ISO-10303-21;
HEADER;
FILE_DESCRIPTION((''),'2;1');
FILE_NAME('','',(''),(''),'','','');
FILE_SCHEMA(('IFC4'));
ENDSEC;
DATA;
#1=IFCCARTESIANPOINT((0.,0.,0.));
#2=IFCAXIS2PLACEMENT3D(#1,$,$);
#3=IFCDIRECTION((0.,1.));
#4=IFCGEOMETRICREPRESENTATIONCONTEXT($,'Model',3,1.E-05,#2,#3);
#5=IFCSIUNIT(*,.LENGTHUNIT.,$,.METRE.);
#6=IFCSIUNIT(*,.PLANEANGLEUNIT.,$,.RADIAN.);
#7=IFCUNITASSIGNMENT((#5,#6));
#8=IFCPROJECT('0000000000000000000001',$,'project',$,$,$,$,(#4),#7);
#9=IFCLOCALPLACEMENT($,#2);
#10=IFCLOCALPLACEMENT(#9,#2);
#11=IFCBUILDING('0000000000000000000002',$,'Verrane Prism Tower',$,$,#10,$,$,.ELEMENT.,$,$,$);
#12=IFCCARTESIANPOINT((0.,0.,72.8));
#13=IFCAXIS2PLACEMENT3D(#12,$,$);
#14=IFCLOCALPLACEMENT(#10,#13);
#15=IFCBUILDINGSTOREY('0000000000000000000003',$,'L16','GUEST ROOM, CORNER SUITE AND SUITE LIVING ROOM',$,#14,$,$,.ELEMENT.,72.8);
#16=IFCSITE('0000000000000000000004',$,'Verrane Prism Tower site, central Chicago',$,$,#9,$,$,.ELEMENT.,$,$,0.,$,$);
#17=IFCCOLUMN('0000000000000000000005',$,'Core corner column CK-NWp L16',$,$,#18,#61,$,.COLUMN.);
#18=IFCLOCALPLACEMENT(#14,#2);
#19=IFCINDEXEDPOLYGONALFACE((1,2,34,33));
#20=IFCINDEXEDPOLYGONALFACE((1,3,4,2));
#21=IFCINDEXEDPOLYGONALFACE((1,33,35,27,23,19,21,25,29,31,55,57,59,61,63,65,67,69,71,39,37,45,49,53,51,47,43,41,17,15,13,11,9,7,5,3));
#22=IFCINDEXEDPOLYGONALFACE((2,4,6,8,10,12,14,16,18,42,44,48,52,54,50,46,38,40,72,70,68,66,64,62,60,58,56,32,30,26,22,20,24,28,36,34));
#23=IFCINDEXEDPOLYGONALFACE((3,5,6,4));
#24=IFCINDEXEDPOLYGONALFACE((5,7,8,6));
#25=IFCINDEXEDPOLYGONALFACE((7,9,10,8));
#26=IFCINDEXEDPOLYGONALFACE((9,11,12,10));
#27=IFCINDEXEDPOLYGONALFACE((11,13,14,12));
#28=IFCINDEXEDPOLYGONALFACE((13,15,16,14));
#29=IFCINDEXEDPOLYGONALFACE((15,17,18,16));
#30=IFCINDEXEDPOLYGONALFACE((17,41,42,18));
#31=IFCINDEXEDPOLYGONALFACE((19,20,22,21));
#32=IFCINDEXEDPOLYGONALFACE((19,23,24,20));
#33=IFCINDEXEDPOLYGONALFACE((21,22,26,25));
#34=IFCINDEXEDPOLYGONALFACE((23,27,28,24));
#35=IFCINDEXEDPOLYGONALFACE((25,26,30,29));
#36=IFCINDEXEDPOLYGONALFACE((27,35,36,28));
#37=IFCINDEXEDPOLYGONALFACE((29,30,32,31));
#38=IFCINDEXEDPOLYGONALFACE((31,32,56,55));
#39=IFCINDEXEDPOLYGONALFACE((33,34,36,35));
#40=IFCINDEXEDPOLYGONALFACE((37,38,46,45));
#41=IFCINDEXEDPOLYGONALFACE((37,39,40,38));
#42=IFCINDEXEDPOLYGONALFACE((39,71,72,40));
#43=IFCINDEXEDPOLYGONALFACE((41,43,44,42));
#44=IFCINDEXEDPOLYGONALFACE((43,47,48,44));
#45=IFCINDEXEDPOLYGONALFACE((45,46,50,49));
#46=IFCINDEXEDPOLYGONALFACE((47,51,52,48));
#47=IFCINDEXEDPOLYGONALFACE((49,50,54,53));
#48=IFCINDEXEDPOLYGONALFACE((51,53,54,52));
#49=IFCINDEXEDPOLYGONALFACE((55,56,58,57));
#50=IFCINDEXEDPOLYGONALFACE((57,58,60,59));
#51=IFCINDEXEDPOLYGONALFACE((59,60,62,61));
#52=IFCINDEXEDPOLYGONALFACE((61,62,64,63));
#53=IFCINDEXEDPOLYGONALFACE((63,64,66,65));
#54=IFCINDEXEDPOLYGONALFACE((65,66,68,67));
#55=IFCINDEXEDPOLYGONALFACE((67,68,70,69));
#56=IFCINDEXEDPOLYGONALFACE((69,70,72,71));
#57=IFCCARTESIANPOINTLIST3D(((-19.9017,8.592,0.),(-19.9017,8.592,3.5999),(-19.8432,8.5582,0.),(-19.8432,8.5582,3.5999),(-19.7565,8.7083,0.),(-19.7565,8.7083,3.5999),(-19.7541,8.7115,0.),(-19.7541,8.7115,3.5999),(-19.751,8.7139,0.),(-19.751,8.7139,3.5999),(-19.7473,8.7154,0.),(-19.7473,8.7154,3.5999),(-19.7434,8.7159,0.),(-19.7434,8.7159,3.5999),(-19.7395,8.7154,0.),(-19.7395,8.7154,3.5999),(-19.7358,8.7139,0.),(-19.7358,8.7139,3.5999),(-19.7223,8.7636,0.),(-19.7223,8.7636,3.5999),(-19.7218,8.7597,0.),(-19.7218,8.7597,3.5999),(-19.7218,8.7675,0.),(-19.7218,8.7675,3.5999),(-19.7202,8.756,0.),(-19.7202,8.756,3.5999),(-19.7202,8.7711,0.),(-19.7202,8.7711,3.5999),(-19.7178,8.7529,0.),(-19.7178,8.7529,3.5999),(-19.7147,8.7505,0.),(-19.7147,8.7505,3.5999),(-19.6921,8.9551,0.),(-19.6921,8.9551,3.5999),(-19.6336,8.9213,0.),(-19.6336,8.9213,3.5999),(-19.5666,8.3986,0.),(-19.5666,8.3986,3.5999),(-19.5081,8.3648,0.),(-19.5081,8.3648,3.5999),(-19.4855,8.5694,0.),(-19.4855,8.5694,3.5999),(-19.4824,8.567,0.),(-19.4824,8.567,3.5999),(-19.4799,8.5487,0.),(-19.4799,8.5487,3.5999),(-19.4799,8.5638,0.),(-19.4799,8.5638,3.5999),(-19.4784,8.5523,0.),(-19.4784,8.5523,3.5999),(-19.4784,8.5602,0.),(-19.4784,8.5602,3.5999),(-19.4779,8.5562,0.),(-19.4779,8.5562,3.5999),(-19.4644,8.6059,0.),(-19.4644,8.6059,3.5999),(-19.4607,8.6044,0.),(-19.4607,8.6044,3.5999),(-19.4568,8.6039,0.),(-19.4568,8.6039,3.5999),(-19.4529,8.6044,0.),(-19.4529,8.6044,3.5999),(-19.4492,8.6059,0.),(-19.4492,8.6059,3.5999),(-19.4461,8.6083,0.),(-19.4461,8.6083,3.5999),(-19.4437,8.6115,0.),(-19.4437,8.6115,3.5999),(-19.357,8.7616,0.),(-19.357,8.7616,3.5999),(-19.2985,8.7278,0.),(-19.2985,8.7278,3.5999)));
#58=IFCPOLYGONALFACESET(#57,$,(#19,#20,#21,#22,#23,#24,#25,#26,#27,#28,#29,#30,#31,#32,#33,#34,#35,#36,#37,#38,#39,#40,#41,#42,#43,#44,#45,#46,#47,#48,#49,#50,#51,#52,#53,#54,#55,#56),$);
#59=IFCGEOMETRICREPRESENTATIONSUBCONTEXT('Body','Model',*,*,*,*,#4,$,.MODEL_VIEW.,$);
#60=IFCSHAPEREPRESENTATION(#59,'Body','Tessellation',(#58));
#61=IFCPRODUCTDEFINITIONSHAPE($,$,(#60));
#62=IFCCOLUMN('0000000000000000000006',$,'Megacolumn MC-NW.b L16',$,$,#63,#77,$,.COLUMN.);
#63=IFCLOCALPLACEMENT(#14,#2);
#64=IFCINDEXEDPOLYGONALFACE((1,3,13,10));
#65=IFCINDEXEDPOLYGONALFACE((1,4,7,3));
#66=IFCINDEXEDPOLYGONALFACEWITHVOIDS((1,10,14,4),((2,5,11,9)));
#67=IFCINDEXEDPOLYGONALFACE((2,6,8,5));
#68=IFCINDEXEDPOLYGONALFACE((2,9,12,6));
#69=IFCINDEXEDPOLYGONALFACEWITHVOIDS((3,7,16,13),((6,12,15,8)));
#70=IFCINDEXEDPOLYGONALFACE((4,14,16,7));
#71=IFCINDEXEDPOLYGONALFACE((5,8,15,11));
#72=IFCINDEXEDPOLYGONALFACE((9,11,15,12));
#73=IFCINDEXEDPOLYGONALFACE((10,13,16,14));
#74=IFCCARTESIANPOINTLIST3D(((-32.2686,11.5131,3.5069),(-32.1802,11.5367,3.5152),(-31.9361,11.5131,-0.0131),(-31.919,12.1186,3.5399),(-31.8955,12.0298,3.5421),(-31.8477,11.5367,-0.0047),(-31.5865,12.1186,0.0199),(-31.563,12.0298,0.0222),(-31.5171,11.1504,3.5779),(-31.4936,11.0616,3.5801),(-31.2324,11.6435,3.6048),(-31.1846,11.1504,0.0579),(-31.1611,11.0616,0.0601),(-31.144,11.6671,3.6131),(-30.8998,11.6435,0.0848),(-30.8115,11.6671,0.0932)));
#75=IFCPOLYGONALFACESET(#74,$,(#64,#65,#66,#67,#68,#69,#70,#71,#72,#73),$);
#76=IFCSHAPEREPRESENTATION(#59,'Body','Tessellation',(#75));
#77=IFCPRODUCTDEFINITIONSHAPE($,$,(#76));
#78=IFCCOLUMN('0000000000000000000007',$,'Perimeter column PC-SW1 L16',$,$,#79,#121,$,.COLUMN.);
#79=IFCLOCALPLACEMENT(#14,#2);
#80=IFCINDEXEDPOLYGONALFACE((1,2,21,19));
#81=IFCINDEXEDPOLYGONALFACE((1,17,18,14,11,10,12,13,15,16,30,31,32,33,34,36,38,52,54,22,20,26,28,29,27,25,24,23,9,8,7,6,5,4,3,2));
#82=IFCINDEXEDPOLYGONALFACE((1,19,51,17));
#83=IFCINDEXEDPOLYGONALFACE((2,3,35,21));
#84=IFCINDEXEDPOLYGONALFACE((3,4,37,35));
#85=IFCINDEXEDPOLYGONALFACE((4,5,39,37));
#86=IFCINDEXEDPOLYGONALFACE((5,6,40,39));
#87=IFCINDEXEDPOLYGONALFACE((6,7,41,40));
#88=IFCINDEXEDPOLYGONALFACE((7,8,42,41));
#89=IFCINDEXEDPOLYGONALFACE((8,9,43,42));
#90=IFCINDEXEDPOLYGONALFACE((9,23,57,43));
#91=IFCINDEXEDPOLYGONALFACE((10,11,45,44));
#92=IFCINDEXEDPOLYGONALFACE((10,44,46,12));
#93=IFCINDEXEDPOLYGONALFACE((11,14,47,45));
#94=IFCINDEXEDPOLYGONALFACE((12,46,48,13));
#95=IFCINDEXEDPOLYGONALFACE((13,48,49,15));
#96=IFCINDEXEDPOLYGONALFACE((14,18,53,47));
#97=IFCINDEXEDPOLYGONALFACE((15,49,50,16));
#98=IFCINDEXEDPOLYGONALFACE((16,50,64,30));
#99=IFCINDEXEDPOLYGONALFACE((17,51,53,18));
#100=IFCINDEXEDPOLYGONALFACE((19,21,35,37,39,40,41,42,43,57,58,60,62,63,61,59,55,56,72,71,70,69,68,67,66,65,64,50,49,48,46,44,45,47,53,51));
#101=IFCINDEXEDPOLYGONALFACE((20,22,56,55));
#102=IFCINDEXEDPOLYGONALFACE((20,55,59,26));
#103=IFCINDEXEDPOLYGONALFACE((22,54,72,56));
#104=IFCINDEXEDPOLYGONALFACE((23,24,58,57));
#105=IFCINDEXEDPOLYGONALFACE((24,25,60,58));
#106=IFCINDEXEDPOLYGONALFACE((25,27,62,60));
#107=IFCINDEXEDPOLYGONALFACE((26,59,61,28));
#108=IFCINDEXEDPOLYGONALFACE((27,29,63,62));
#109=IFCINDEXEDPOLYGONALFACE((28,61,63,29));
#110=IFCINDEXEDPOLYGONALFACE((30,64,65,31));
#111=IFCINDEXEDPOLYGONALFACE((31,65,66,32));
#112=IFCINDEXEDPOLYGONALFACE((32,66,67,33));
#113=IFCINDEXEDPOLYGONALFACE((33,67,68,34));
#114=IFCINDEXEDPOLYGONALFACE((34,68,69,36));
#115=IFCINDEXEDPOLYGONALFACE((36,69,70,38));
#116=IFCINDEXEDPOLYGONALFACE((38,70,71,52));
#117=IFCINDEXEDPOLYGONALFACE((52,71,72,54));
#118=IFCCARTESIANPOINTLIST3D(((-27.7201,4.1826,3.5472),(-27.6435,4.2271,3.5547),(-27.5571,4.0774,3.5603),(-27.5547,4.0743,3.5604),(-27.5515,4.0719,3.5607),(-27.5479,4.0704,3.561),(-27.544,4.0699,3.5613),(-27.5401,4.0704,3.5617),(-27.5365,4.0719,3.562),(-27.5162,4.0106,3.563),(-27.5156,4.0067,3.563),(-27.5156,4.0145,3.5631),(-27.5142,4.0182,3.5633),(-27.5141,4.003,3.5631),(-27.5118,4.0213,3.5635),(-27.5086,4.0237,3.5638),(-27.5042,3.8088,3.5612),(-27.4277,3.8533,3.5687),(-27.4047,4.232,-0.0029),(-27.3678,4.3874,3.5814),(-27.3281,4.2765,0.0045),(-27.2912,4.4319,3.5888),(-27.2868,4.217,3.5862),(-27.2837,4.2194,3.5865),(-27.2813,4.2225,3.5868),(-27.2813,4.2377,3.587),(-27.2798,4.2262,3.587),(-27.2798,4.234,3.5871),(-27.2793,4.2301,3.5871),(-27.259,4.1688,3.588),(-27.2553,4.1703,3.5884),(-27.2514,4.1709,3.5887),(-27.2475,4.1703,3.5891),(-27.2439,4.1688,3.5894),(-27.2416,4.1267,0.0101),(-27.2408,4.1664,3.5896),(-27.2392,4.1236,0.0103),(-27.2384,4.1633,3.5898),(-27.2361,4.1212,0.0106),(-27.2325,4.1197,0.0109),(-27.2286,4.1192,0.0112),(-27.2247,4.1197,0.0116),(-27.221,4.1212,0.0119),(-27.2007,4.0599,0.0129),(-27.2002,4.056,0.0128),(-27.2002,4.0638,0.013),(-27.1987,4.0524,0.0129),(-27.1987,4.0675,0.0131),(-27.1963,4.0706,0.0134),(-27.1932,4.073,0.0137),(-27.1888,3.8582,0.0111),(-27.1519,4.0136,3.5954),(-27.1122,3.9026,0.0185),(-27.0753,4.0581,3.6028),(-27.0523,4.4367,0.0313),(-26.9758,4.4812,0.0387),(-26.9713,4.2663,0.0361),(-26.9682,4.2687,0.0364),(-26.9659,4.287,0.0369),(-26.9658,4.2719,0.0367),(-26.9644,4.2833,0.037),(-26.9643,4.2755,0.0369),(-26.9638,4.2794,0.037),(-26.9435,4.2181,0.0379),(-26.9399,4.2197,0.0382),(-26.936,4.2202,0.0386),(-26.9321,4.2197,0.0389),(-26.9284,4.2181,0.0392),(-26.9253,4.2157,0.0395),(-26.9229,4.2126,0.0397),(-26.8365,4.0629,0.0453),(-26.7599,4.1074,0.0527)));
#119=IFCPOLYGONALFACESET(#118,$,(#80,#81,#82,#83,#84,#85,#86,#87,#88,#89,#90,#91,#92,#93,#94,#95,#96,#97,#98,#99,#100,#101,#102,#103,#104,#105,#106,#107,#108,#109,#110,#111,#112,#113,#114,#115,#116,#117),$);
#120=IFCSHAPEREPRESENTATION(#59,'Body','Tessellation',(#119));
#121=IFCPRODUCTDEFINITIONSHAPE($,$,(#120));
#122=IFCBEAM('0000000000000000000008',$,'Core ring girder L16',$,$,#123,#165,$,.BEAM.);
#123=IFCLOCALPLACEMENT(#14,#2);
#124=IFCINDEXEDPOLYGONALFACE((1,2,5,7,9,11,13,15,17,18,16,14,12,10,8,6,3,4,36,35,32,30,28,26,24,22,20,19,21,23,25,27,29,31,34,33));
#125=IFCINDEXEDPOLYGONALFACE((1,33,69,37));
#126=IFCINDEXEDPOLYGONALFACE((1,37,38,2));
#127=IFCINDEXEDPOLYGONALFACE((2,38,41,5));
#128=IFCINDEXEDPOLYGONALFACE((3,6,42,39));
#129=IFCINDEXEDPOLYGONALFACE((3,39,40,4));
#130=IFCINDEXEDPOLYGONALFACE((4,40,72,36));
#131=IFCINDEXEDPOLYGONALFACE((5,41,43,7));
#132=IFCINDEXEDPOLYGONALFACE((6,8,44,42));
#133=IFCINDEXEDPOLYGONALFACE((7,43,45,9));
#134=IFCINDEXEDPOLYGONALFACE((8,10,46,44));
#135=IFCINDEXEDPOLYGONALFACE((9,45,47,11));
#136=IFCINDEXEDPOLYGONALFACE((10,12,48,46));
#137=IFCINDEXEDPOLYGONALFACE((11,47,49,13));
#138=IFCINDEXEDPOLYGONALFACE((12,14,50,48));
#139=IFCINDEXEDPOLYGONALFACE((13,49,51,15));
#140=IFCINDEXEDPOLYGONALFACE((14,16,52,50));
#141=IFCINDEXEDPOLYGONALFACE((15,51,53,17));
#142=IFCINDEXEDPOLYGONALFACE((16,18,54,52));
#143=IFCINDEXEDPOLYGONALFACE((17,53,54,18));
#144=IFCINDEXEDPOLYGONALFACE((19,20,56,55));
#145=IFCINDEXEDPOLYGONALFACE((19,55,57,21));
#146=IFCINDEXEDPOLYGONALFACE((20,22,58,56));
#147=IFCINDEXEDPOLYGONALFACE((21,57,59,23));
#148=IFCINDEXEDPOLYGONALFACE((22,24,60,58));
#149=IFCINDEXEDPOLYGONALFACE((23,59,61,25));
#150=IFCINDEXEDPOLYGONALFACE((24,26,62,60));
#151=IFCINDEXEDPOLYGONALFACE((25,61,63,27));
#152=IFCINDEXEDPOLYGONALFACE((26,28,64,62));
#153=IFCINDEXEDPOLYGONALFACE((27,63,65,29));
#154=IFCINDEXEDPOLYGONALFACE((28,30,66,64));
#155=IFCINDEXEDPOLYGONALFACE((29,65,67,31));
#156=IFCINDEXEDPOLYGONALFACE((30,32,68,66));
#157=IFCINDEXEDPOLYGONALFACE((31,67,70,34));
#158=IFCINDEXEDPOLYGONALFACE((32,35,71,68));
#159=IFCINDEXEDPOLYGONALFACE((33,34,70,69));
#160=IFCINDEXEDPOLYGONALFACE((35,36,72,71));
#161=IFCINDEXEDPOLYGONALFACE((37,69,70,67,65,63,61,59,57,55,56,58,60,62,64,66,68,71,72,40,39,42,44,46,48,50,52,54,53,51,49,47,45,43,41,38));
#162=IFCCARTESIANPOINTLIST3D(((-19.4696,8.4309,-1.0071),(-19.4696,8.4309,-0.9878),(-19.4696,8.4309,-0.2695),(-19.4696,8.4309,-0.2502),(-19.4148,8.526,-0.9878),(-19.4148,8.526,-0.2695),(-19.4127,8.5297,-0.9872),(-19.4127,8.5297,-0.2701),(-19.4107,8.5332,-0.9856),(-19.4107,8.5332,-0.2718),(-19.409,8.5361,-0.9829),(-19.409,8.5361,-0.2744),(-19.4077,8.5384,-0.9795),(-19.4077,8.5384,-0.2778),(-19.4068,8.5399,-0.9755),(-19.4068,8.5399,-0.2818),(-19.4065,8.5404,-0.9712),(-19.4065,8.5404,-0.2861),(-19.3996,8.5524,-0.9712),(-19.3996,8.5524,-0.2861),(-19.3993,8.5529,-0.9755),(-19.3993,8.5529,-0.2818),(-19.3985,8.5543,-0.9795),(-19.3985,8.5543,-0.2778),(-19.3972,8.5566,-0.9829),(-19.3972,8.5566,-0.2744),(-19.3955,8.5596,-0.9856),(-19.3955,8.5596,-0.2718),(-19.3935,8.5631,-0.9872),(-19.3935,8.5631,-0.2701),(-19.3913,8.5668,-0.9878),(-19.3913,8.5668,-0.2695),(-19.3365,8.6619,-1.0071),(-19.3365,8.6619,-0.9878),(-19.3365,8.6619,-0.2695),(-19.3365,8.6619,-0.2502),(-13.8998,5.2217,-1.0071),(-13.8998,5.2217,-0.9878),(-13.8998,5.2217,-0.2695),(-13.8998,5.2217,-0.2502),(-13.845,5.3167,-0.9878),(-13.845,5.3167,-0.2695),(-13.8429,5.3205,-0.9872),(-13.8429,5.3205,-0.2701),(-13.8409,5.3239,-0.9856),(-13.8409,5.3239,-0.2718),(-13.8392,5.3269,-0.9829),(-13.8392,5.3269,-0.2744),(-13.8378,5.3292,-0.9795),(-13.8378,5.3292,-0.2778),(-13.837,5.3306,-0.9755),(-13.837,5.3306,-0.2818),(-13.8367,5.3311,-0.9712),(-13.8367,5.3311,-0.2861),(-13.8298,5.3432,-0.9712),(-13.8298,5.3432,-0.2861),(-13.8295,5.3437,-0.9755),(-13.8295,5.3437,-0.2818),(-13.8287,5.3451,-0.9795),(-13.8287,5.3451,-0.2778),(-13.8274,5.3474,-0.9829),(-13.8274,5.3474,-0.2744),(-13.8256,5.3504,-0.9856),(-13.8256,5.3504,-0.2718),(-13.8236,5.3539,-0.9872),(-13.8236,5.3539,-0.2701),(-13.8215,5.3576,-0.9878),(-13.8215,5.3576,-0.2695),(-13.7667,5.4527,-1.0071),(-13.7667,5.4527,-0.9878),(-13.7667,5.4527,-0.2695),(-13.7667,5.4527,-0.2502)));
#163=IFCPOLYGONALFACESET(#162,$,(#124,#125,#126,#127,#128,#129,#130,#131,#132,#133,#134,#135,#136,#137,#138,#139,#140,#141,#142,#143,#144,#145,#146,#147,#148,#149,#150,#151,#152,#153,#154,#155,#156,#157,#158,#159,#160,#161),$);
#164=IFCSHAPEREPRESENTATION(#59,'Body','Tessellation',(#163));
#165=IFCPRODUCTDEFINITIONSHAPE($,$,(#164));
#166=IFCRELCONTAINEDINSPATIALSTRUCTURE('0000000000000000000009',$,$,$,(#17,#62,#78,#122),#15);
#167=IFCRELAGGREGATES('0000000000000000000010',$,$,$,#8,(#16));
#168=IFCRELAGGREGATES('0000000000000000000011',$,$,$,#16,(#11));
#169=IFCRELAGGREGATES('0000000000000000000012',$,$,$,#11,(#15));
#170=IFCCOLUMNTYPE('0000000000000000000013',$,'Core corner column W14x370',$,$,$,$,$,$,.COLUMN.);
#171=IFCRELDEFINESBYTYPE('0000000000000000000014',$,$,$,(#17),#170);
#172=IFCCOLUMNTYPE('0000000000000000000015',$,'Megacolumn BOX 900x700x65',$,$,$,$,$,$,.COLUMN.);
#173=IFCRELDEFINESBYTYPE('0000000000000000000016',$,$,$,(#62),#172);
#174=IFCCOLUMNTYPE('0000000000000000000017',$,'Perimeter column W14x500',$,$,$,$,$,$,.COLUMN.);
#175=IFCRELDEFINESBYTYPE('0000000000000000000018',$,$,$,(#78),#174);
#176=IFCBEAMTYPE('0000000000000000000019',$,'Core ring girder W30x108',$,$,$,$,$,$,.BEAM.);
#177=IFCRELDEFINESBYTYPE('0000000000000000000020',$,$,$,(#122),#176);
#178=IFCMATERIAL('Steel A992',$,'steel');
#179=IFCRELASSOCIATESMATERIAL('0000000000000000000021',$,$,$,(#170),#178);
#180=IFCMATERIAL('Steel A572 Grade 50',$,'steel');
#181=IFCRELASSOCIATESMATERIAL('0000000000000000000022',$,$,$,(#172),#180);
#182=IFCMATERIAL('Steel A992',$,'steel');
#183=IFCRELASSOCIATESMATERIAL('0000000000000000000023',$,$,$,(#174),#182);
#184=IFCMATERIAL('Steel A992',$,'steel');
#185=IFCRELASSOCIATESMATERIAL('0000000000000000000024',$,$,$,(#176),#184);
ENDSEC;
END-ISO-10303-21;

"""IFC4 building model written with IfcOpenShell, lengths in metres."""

from ifc_helpers import new_model, si_unit, direction, frame, origin, origin_2d, place, context, subcontext, project, spatial, hollow_rectangle, i_section, extrude, material, material_profile, profile_set, type_object, element, save


model = new_model("IFC4")

# Units and contexts
model_context = context("Model", 3, precision=1e-05, world=origin(), true_north=direction((0.0, 1.0)))
body_context = subcontext(model_context, "Body", "Model", "MODEL_VIEW")
ifc_project = project(units=[si_unit("LENGTHUNIT", "METRE"), si_unit("PLANEANGLEUNIT", "RADIAN")], contexts=[model_context])

# Site, building, storey
site_placement = place(None, origin())
site = spatial("IfcSite", under=ifc_project, at=site_placement, Name="Verrane Prism Tower site, central Chicago", CompositionType="ELEMENT", RefElevation=0.0)
building_placement = place(site_placement, origin())
building = spatial("IfcBuilding", under=site, at=building_placement, Name="Verrane Prism Tower", CompositionType="ELEMENT")
storey_placement = place(building_placement, frame((0.0, 0.0, 72.8)))
storey = spatial("IfcBuildingStorey", under=building, at=storey_placement, Name="L16", Description="GUEST ROOM, CORNER SUITE AND SUITE LIVING ROOM", CompositionType="ELEMENT", Elevation=72.8)

# Columns
ifc_material_1 = material(Name="Steel A992", Category="steel")
ifc_material_profile_1 = material_profile(ifc_material_1, i_section(OverallWidth=0.4192, OverallDepth=0.4546, WebThickness=0.0422, FlangeThickness=0.0676, FilletRadius=0.0151, at=origin_2d()), Name="W14x370")
ifc_profile_set_1 = profile_set([ifc_material_profile_1], Name="Steel A992")
column_type_1 = type_object("IfcColumnType", Name="Core corner column W14x370", PredefinedType="COLUMN", material=ifc_profile_set_1)
column_1_placement = place(storey_placement, frame((-19.6001, 8.6599, 0.0), z_axis=(0.0, 0.0, 1.0), x_axis=(0.5, 0.866025, 0.0)))
element("IfcColumn", 1, at=column_1_placement, inside=storey, type_object=column_type_1, Name="Core corner column CK-NWp L16", PredefinedType="COLUMN", context=body_context, shape_type="SweptSolid", body=[
    extrude(i_section(OverallWidth=0.4192, OverallDepth=0.4546, WebThickness=0.0422, FlangeThickness=0.0676, FilletRadius=0.0151, at=origin_2d()), origin(), (0.0, 0.0, 1.0), 3.5999),
])
ifc_material_2 = material(Name="Steel A572 Grade 50", Category="steel")
ifc_material_profile_2 = material_profile(ifc_material_2, hollow_rectangle(XDim=0.7, YDim=0.8999, WallThickness=0.0649, at=origin_2d()), Name="BOX 900x700x65")
ifc_profile_set_2 = profile_set([ifc_material_profile_2], Name="Steel A572 Grade 50")
column_type_2 = type_object("IfcColumnType", Name="Megacolumn BOX 900x700x65", PredefinedType="COLUMN", material=ifc_profile_set_2)
column_2_placement = place(storey_placement, frame((-31.3738, 11.5901, 0.04), z_axis=(-0.094047, 0.0, 0.995568), x_axis=(0.499443, 0.865061, 0.04718)))
element("IfcColumn", 2, at=column_2_placement, inside=storey, type_object=column_type_2, Name="Megacolumn MC-NW.b L16", PredefinedType="COLUMN", context=body_context, shape_type="SweptSolid", body=[
    extrude(hollow_rectangle(XDim=0.7, YDim=0.8999, WallThickness=0.0649, at=origin_2d()), origin(), (0.0, 0.0, 1.0), 3.5356),
])
ifc_material_3 = material(Name="Steel A992", Category="steel")
ifc_material_profile_3 = material_profile(ifc_material_3, i_section(OverallWidth=0.4319, OverallDepth=0.4978, WebThickness=0.0557, FlangeThickness=0.0889, FilletRadius=0.0151, at=origin_2d()), Name="W14x500")
ifc_profile_set_3 = profile_set([ifc_material_profile_3], Name="Steel A992")
column_type_3 = type_object("IfcColumnType", Name="Perimeter column W14x500", PredefinedType="COLUMN", material=ifc_profile_set_3)
column_3_placement = place(storey_placement, frame((-27.0823, 4.1697, 0.0249), z_axis=(-0.088495, -0.013836, 0.995981), x_axis=(-0.499821, 0.865523, -0.032387)))
element("IfcColumn", 3, at=column_3_placement, inside=storey, type_object=column_type_3, Name="Perimeter column PC-SW1 L16", PredefinedType="COLUMN", context=body_context, shape_type="SweptSolid", body=[
    extrude(i_section(OverallWidth=0.4319, OverallDepth=0.4978, WebThickness=0.0557, FlangeThickness=0.0889, FilletRadius=0.0151, at=origin_2d()), origin(), (0.0, 0.0, 1.0), 3.5645),
])

# Beam
ifc_material_4 = material(Name="Steel A992", Category="steel")
ifc_material_profile_4 = material_profile(ifc_material_4, i_section(OverallWidth=0.2666, OverallDepth=0.7568, WebThickness=0.0139, FlangeThickness=0.0193, FilletRadius=0.0166, at=origin_2d()), Name="W30x108")
ifc_profile_set_4 = profile_set([ifc_material_profile_4], Name="Steel A992")
beam_type_1 = type_object("IfcBeamType", Name="Core ring girder W30x108", PredefinedType="BEAM", material=ifc_profile_set_4)
beam_1_placement = place(storey_placement, frame((-19.4031, 8.5464, -0.6287), z_axis=(0.866464, -0.49924, 0.0), x_axis=(0.49924, 0.866464, 0.0)))
element("IfcBeam", 4, at=beam_1_placement, inside=storey, type_object=beam_type_1, Name="Core ring girder L16", PredefinedType="BEAM", context=body_context, shape_type="SweptSolid", body=[
    extrude(i_section(OverallWidth=0.2666, OverallDepth=0.7568, WebThickness=0.0139, FlangeThickness=0.0193, FilletRadius=0.0166, at=origin_2d()), origin(), (0.0, 0.0, 1.0), 6.4282),
])

save(model, "model.ifc")
